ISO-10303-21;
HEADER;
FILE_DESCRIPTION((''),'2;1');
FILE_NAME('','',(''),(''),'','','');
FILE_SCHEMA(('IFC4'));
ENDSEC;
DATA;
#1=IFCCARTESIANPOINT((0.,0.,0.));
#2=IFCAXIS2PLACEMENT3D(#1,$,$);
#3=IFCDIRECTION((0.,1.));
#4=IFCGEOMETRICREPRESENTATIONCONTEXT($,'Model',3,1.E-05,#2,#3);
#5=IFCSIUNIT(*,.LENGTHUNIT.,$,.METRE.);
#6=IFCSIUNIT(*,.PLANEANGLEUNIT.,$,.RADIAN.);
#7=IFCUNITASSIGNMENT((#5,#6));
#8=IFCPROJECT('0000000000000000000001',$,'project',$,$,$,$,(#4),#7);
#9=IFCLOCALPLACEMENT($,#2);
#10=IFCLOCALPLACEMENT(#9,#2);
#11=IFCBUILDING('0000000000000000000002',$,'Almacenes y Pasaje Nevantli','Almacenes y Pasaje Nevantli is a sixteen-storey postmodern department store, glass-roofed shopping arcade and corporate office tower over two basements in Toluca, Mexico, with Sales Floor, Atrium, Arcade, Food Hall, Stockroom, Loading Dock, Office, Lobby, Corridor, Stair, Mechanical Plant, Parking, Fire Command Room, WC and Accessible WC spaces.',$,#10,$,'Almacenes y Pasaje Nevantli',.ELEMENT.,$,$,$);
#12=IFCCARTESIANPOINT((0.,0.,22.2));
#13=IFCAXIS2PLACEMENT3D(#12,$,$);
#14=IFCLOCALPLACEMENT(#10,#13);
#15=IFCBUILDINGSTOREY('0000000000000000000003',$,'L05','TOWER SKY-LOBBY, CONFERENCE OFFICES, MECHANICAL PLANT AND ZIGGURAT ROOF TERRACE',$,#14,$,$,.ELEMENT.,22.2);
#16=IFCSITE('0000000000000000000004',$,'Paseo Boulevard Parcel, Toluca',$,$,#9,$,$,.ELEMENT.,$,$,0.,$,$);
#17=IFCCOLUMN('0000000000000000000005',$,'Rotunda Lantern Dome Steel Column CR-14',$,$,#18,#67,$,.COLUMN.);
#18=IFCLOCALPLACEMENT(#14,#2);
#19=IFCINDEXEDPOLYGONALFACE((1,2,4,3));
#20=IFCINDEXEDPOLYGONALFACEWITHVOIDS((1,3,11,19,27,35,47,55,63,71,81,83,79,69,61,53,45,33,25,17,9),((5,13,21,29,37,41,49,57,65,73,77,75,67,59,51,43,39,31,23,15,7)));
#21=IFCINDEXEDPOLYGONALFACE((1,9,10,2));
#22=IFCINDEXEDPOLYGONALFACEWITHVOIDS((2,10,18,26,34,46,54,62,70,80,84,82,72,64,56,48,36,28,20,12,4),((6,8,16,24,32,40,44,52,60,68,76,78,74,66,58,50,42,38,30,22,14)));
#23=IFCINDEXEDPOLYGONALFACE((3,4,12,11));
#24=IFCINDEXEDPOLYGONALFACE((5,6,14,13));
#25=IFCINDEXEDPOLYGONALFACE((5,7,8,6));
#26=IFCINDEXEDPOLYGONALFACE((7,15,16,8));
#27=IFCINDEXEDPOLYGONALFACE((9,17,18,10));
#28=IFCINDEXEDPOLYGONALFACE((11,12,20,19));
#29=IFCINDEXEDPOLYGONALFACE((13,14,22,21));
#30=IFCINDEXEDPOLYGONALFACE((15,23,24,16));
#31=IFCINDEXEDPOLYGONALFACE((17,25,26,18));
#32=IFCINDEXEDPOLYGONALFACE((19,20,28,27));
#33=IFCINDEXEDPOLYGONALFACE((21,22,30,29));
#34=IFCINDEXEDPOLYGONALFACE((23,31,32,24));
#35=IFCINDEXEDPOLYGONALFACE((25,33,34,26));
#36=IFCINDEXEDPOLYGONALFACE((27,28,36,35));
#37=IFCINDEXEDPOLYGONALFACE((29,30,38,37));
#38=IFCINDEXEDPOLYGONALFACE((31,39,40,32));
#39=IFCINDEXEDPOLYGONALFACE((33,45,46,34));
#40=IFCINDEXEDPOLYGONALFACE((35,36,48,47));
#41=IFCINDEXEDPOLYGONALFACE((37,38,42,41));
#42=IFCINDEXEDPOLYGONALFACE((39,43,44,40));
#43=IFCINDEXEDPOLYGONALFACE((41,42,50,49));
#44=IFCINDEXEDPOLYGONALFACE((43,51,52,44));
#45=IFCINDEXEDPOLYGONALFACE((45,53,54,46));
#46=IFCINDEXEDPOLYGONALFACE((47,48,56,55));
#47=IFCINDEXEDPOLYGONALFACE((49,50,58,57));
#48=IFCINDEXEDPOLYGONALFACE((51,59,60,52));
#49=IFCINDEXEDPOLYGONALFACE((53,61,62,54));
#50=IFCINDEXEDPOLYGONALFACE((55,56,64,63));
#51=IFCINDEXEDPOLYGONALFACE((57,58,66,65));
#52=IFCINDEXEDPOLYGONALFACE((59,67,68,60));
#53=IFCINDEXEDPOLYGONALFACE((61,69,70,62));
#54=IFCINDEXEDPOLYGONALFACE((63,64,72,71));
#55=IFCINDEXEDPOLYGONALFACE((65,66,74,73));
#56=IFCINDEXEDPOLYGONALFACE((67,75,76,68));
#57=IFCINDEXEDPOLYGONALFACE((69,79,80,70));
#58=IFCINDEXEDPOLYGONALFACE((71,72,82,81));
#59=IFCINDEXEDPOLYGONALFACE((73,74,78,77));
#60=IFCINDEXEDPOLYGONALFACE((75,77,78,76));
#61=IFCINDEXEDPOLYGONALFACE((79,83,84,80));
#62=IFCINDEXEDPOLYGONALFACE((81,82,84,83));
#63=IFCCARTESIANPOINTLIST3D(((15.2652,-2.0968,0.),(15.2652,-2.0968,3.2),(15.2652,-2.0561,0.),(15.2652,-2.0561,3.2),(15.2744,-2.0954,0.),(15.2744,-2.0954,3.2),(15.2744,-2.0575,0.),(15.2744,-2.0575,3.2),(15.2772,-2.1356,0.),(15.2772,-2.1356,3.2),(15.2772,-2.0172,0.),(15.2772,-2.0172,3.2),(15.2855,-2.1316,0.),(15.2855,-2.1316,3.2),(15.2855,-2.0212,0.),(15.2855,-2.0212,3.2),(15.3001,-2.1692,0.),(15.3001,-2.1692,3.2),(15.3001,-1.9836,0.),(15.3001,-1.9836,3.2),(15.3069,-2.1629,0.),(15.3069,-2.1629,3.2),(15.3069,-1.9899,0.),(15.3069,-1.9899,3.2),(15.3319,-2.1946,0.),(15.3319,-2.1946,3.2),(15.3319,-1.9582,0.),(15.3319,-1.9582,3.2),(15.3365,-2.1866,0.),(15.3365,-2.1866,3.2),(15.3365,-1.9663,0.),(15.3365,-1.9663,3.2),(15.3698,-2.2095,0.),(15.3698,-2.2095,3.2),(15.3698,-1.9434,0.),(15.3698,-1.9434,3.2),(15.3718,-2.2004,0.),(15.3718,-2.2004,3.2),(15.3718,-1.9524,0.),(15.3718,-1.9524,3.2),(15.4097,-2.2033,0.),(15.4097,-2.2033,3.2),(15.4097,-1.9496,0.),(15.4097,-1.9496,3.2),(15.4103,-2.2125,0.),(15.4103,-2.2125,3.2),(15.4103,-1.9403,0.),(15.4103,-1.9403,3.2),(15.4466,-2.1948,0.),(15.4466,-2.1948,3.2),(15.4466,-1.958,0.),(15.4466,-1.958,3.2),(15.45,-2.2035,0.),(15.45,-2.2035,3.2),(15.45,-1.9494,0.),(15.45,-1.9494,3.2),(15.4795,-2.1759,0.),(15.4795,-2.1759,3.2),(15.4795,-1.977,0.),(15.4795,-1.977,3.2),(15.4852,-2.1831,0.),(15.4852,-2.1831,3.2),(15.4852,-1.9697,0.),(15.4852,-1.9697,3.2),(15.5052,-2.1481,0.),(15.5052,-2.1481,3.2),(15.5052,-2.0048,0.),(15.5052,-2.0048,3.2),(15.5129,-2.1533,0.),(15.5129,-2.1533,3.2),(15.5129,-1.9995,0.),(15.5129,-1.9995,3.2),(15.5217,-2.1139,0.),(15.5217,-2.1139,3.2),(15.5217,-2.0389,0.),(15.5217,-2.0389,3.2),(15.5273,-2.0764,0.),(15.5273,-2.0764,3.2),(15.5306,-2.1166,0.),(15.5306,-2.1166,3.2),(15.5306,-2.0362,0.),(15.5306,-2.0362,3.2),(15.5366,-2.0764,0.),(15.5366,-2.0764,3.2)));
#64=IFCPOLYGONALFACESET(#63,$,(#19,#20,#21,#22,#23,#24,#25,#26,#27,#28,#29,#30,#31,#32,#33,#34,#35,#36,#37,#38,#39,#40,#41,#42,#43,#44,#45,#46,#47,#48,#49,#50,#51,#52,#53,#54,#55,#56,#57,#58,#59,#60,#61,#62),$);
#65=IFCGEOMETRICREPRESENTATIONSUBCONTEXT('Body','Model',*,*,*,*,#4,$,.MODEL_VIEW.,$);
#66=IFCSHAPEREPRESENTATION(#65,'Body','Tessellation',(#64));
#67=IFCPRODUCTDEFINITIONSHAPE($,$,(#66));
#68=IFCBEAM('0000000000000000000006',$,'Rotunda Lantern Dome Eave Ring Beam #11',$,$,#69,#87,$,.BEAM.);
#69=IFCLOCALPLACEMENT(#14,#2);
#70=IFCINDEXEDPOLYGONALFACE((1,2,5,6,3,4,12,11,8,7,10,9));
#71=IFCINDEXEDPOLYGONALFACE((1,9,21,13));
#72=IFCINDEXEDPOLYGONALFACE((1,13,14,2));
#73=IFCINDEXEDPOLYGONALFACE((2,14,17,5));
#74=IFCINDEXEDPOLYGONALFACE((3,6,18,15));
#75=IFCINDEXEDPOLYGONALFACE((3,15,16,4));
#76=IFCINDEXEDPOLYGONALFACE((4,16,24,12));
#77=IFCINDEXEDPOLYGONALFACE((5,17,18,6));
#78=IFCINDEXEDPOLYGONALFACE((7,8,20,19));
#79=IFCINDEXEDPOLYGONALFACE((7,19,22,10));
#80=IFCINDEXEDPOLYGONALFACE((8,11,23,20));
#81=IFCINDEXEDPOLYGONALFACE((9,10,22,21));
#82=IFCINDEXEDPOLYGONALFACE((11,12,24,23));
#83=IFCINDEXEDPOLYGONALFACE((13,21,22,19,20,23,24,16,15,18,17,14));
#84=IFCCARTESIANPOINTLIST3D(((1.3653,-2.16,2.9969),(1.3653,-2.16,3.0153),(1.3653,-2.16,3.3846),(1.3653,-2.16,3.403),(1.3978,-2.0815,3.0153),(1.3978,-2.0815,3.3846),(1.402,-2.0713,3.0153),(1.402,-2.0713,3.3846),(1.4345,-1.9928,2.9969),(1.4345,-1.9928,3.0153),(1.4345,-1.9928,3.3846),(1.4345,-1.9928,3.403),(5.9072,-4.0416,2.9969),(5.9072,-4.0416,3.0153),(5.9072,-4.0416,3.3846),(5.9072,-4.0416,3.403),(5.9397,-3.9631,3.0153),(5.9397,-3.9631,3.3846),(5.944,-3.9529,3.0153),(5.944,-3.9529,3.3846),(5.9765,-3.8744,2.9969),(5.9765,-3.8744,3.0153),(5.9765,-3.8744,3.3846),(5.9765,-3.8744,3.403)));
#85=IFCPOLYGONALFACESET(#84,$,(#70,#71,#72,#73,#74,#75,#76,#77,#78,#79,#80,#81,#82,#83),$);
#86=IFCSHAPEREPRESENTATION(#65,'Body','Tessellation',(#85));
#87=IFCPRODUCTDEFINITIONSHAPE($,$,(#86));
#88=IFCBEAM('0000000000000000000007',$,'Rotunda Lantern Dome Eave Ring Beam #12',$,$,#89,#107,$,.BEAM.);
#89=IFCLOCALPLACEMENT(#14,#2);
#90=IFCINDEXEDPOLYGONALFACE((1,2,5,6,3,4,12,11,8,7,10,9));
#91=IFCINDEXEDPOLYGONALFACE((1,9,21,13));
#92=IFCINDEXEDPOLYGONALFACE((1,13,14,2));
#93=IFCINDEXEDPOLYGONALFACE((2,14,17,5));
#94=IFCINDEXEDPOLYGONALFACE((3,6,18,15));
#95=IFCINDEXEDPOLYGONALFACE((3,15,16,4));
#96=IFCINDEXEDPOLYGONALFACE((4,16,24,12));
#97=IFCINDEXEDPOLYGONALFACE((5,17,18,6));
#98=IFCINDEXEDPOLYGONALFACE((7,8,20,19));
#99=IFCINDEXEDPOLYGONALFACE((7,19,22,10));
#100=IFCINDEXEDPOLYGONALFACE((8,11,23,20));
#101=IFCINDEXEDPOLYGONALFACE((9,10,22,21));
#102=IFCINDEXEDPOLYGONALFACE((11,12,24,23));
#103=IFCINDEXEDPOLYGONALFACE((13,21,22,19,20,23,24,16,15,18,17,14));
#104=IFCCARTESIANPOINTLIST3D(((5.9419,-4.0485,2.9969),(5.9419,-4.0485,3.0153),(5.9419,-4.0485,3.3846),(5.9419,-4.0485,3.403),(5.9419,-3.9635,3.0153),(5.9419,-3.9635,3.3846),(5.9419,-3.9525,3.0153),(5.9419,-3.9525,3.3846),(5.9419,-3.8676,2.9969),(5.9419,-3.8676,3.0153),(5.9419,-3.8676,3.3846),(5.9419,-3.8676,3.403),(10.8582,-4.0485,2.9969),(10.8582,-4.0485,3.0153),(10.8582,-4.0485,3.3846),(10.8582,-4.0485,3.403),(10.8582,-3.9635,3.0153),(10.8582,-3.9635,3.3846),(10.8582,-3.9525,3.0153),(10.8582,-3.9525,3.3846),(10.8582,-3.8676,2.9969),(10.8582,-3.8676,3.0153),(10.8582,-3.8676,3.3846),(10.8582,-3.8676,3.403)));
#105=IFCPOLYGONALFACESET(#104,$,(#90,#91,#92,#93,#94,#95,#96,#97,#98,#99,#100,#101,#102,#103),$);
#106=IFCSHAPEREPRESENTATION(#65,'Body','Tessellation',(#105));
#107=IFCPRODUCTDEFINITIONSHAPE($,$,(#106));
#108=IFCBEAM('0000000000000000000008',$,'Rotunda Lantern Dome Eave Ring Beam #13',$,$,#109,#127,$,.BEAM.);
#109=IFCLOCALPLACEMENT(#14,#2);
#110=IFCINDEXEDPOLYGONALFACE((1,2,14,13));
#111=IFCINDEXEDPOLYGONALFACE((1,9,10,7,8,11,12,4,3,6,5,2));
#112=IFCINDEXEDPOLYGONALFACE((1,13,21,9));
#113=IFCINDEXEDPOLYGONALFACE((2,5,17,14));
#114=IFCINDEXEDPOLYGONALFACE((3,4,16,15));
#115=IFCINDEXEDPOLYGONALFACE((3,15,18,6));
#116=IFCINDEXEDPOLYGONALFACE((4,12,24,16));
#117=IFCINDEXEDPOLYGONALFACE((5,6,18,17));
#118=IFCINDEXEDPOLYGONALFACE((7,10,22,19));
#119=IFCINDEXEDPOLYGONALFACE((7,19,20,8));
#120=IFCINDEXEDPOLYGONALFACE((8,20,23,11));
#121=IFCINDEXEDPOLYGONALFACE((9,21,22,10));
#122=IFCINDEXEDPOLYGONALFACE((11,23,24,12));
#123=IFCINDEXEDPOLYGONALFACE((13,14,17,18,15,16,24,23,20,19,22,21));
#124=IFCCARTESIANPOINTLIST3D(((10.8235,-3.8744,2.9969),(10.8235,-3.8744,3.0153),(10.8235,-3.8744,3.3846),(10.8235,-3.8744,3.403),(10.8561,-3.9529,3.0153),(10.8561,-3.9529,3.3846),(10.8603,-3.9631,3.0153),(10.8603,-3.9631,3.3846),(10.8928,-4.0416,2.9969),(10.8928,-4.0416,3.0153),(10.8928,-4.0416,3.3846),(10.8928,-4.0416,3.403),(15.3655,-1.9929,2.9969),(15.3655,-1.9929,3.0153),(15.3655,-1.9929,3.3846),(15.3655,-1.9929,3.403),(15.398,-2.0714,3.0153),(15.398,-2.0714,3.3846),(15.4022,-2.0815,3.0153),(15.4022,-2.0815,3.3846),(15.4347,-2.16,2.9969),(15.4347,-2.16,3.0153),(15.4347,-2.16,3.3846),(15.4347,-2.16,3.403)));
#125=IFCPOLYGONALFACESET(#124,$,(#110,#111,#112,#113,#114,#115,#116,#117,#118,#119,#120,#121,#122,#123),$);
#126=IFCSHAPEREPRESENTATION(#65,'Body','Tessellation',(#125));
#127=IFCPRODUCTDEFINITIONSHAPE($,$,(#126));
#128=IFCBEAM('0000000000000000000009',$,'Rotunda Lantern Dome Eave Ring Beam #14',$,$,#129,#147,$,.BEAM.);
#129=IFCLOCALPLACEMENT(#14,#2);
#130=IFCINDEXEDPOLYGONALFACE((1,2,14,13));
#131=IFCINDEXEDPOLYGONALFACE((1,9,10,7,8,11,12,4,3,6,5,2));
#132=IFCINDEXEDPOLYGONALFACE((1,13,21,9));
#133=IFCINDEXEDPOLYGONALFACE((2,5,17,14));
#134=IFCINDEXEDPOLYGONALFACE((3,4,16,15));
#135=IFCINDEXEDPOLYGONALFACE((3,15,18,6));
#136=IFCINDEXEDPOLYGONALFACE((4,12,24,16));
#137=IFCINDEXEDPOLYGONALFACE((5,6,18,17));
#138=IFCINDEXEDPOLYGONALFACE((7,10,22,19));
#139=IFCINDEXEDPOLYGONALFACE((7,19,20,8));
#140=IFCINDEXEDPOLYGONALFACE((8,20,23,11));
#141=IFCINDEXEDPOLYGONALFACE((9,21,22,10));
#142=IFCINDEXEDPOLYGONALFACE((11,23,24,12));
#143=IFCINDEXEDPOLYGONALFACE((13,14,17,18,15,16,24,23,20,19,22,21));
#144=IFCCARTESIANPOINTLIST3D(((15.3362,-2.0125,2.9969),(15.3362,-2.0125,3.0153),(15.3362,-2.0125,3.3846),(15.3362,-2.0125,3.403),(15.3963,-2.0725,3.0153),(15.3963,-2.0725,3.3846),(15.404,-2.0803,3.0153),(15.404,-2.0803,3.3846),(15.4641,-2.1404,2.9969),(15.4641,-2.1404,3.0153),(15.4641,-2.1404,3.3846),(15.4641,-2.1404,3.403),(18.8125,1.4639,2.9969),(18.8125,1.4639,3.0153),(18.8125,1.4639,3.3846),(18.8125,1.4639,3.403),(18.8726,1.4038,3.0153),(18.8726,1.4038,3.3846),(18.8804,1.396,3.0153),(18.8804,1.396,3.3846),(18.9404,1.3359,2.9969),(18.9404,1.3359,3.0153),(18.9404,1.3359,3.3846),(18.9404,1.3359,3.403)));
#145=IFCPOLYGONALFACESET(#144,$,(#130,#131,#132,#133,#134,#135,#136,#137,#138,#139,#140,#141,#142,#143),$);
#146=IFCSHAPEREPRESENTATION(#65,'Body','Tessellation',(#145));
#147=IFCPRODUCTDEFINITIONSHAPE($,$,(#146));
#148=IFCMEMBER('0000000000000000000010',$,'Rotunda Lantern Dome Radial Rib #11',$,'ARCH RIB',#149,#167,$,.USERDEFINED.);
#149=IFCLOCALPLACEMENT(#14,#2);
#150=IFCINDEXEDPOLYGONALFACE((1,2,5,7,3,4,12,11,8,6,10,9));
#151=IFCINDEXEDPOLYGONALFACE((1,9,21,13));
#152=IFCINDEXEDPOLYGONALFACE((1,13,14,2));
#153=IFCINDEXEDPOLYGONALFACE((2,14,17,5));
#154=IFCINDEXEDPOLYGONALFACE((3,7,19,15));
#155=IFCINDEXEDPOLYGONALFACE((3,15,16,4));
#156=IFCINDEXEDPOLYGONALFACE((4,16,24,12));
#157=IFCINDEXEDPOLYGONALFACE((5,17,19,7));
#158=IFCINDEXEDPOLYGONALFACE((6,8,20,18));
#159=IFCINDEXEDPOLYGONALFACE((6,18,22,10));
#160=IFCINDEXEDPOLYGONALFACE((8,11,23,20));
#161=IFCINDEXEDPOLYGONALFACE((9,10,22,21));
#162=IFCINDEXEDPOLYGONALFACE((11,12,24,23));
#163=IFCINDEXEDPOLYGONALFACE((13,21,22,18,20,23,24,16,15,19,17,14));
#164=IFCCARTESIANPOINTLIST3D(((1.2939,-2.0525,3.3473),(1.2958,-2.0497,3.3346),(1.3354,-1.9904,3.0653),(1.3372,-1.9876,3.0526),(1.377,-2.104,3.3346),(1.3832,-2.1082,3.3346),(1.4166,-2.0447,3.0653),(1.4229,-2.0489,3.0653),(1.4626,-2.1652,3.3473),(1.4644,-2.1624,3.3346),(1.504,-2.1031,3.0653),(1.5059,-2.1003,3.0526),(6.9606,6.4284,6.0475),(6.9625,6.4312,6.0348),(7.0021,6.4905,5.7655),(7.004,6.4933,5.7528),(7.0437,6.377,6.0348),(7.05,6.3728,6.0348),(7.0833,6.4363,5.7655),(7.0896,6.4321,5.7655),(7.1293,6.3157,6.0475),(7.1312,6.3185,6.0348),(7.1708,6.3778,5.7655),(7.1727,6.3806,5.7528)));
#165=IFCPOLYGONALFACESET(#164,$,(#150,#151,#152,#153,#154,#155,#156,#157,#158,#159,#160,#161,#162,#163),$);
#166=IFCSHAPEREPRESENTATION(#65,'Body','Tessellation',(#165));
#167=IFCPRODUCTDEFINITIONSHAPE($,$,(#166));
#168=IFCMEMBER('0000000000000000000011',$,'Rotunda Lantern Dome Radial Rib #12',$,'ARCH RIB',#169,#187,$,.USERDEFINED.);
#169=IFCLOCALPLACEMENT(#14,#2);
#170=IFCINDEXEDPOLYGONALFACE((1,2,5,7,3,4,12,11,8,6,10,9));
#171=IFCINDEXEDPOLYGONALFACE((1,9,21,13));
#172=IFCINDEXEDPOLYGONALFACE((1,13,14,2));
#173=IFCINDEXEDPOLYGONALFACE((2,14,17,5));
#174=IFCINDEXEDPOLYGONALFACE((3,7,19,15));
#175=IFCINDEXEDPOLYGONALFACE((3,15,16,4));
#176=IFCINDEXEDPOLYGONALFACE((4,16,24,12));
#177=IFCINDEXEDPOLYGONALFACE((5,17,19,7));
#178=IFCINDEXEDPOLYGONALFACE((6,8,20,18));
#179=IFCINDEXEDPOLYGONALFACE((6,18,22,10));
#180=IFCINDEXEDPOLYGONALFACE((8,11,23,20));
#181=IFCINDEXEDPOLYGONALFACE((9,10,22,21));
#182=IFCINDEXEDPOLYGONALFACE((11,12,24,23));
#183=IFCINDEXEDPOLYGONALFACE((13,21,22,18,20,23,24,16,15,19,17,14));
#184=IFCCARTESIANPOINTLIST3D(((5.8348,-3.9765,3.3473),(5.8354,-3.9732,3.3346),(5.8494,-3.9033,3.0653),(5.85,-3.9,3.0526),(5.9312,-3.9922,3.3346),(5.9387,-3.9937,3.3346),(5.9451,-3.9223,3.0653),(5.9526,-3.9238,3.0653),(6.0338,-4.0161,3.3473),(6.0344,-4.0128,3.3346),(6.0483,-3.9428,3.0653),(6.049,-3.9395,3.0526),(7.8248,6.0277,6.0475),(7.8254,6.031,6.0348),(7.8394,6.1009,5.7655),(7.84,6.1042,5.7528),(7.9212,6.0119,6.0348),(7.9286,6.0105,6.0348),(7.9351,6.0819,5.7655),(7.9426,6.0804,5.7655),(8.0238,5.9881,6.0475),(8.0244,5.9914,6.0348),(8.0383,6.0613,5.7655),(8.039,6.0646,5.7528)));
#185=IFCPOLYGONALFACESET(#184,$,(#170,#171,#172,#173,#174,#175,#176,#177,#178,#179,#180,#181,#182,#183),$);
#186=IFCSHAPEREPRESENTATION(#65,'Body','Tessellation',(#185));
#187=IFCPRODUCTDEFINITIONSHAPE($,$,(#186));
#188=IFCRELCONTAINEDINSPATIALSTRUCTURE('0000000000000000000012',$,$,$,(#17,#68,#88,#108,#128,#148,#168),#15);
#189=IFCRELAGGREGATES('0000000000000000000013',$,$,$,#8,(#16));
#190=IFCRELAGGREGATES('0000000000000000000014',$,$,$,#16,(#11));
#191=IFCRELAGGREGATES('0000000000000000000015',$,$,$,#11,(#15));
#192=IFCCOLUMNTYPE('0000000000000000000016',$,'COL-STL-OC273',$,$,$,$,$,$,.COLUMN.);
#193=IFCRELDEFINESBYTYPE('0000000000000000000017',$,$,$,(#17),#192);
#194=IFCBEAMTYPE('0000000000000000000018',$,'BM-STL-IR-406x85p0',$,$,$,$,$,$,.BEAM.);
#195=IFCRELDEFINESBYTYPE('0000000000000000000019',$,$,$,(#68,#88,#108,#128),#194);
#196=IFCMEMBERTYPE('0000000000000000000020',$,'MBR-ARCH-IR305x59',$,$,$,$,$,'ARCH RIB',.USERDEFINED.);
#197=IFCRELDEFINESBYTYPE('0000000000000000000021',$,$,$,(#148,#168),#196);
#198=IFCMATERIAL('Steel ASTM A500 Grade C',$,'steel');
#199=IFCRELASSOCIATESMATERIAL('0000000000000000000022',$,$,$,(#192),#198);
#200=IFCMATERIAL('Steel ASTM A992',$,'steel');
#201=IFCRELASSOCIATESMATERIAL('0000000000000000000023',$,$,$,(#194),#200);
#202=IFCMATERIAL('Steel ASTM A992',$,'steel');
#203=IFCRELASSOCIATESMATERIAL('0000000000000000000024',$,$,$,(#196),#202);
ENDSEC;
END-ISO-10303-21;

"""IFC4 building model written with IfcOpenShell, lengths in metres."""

from ifc_helpers import new_model, si_unit, direction, frame, origin, origin_2d, place, context, subcontext, project, spatial, hollow_circle, i_section, extrude, material, material_profile, profile_set, type_object, element, save


model = new_model("IFC4")

# Units and contexts
model_context = context("Model", 3, precision=1e-05, world=origin(), true_north=direction((0.0, 1.0)))
body_context = subcontext(model_context, "Body", "Model", "MODEL_VIEW")
ifc_project = project(units=[si_unit("LENGTHUNIT", "METRE"), si_unit("PLANEANGLEUNIT", "RADIAN")], contexts=[model_context])

# Site, building, storey
site_placement = place(None, origin())
site = spatial("IfcSite", under=ifc_project, at=site_placement, Name="Paseo Boulevard Parcel, Toluca", CompositionType="ELEMENT", RefElevation=0.0)
building_placement = place(site_placement, origin())
building = spatial("IfcBuilding", under=site, at=building_placement, Name="Almacenes y Pasaje Nevantli", Description="Almacenes y Pasaje Nevantli is a sixteen-storey postmodern department store, glass-roofed shopping arcade and corporate office tower over two basements in Toluca, Mexico, with Sales Floor, Atrium, Arcade, Food Hall, Stockroom, Loading Dock, Office, Lobby, Corridor, Stair, Mechanical Plant, Parking, Fire Command Room, WC and Accessible WC spaces.", LongName="Almacenes y Pasaje Nevantli", CompositionType="ELEMENT")
storey_placement = place(building_placement, frame((0.0, 0.0, 22.2)))
storey = spatial("IfcBuildingStorey", under=building, at=storey_placement, Name="L05", Description="TOWER SKY-LOBBY, CONFERENCE OFFICES, MECHANICAL PLANT AND ZIGGURAT ROOF TERRACE", CompositionType="ELEMENT", Elevation=22.2)

# Column
ifc_material_1 = material(Name="Steel ASTM A500 Grade C", Category="steel")
ifc_material_profile_1 = material_profile(ifc_material_1, hollow_circle(Radius=0.1365, WallThickness=0.0093, at=origin_2d()), Name="OC 273x9.3")
ifc_profile_set_1 = profile_set([ifc_material_profile_1], Name="Steel ASTM A500 Grade C")
column_type = type_object("IfcColumnType", Name="COL-STL-OC273", PredefinedType="COLUMN", material=ifc_profile_set_1)
for number, where, z_axis, x_axis, name in (
    (1, (15.4001, -2.0764, 0.0), (0.0, 0.0, 1.0), (1.0, 0.0, 0.0), "Rotunda Lantern Dome Steel Column CR-14"),
):
    element("IfcColumn", number, at=place(storey_placement, frame(where, z_axis=z_axis, x_axis=x_axis)), inside=storey, type_object=column_type, Name=name, PredefinedType="COLUMN", context=body_context, shape_type="SweptSolid", body=[
        extrude(hollow_circle(Radius=0.1365, WallThickness=0.0093, at=origin_2d()), origin(), (0.0, 0.0, 1.0), 3.2),
    ])

# Beams
ifc_material_2 = material(Name="Steel ASTM A992", Category="steel")
ifc_material_profile_2 = material_profile(ifc_material_2, i_section(OverallWidth=0.1809, OverallDepth=0.406, WebThickness=0.011, FlangeThickness=0.0183, at=origin_2d()), Name="IR 406x85.0")
ifc_profile_set_2 = profile_set([ifc_material_profile_2], Name="Steel ASTM A992")
beam_type = type_object("IfcBeamType", Name="BM-STL-IR-406x85p0", PredefinedType="BEAM", material=ifc_profile_set_2)
for number, where, z_axis, x_axis, name in (
    (2, (1.3999, -2.0764, 3.2), (0.923862, -0.382725, 0.0), (0.382725, 0.923862, 0.0), "Rotunda Lantern Dome Eave Ring Beam #11"),
    (3, (5.9419, -3.958, 3.2), (1.0, 0.0, 0.0), (0.0, 1.0, 0.0), "Rotunda Lantern Dome Eave Ring Beam #12"),
    (4, (10.8582, -3.958, 3.2), (0.923862, 0.382725, 0.0), (-0.382725, 0.923862, 0.0), "Rotunda Lantern Dome Eave Ring Beam #13"),
    (5, (15.4001, -2.0764, 3.2), (0.707107, 0.707107, 0.0), (-0.707107, 0.707107, 0.0), "Rotunda Lantern Dome Eave Ring Beam #14"),
):
    element("IfcBeam", number, at=place(storey_placement, frame(where, z_axis=z_axis, x_axis=x_axis)), inside=storey, type_object=beam_type, Name=name, PredefinedType="BEAM", context=body_context, shape_type="SweptSolid", body=[
        extrude(i_section(OverallWidth=0.1809, OverallDepth=0.406, WebThickness=0.011, FlangeThickness=0.0183, at=origin_2d()), origin(), (0.0, 0.0, 1.0), 4.9163),
    ])

# Members
ifc_material_3 = material(Name="Steel ASTM A992", Category="steel")
ifc_material_profile_3 = material_profile(ifc_material_3, i_section(OverallWidth=0.2029, OverallDepth=0.3049, WebThickness=0.0076, FlangeThickness=0.0132, at=origin_2d()), Name="IR 305x59.5")
ifc_profile_set_3 = profile_set([ifc_material_profile_3], Name="Steel ASTM A992")
member_type = type_object("IfcMemberType", Name="MBR-ARCH-IR305x59", ElementType="ARCH RIB", PredefinedType="USERDEFINED", material=ifc_profile_set_3)
member_1_placement = place(storey_placement, frame((1.3999, -2.0764, 3.2), z_axis=(0.537067, 0.803784, 0.255911), x_axis=(-0.831472, 0.555567, 0.0)))
element("IfcMember", 6, at=member_1_placement, inside=storey, type_object=member_type, Name="Rotunda Lantern Dome Radial Rib #11", ObjectType="ARCH RIB", PredefinedType="USERDEFINED", context=body_context, shape_type="SweptSolid", body=[
    extrude(i_section(OverallWidth=0.2029, OverallDepth=0.3049, WebThickness=0.0076, FlangeThickness=0.0132, at=origin_2d()), origin(), (0.0, 0.0, 1.0), 10.5513),
])
for number, where, z_axis, x_axis, name in (
    (7, (5.9419, -3.958, 3.2), (0.188598, 0.948126, 0.255906), (-0.980785, 0.195094, 0.0), "Rotunda Lantern Dome Radial Rib #12"),
):
    element("IfcMember", number, at=place(storey_placement, frame(where, z_axis=z_axis, x_axis=x_axis)), inside=storey, type_object=member_type, Name=name, ObjectType="ARCH RIB", PredefinedType="USERDEFINED", context=body_context, shape_type="SweptSolid", body=[
        extrude(i_section(OverallWidth=0.2029, OverallDepth=0.3049, WebThickness=0.0076, FlangeThickness=0.0132, at=origin_2d()), origin(), (0.0, 0.0, 1.0), 10.5515),
    ])

save(model, "model.ifc")
